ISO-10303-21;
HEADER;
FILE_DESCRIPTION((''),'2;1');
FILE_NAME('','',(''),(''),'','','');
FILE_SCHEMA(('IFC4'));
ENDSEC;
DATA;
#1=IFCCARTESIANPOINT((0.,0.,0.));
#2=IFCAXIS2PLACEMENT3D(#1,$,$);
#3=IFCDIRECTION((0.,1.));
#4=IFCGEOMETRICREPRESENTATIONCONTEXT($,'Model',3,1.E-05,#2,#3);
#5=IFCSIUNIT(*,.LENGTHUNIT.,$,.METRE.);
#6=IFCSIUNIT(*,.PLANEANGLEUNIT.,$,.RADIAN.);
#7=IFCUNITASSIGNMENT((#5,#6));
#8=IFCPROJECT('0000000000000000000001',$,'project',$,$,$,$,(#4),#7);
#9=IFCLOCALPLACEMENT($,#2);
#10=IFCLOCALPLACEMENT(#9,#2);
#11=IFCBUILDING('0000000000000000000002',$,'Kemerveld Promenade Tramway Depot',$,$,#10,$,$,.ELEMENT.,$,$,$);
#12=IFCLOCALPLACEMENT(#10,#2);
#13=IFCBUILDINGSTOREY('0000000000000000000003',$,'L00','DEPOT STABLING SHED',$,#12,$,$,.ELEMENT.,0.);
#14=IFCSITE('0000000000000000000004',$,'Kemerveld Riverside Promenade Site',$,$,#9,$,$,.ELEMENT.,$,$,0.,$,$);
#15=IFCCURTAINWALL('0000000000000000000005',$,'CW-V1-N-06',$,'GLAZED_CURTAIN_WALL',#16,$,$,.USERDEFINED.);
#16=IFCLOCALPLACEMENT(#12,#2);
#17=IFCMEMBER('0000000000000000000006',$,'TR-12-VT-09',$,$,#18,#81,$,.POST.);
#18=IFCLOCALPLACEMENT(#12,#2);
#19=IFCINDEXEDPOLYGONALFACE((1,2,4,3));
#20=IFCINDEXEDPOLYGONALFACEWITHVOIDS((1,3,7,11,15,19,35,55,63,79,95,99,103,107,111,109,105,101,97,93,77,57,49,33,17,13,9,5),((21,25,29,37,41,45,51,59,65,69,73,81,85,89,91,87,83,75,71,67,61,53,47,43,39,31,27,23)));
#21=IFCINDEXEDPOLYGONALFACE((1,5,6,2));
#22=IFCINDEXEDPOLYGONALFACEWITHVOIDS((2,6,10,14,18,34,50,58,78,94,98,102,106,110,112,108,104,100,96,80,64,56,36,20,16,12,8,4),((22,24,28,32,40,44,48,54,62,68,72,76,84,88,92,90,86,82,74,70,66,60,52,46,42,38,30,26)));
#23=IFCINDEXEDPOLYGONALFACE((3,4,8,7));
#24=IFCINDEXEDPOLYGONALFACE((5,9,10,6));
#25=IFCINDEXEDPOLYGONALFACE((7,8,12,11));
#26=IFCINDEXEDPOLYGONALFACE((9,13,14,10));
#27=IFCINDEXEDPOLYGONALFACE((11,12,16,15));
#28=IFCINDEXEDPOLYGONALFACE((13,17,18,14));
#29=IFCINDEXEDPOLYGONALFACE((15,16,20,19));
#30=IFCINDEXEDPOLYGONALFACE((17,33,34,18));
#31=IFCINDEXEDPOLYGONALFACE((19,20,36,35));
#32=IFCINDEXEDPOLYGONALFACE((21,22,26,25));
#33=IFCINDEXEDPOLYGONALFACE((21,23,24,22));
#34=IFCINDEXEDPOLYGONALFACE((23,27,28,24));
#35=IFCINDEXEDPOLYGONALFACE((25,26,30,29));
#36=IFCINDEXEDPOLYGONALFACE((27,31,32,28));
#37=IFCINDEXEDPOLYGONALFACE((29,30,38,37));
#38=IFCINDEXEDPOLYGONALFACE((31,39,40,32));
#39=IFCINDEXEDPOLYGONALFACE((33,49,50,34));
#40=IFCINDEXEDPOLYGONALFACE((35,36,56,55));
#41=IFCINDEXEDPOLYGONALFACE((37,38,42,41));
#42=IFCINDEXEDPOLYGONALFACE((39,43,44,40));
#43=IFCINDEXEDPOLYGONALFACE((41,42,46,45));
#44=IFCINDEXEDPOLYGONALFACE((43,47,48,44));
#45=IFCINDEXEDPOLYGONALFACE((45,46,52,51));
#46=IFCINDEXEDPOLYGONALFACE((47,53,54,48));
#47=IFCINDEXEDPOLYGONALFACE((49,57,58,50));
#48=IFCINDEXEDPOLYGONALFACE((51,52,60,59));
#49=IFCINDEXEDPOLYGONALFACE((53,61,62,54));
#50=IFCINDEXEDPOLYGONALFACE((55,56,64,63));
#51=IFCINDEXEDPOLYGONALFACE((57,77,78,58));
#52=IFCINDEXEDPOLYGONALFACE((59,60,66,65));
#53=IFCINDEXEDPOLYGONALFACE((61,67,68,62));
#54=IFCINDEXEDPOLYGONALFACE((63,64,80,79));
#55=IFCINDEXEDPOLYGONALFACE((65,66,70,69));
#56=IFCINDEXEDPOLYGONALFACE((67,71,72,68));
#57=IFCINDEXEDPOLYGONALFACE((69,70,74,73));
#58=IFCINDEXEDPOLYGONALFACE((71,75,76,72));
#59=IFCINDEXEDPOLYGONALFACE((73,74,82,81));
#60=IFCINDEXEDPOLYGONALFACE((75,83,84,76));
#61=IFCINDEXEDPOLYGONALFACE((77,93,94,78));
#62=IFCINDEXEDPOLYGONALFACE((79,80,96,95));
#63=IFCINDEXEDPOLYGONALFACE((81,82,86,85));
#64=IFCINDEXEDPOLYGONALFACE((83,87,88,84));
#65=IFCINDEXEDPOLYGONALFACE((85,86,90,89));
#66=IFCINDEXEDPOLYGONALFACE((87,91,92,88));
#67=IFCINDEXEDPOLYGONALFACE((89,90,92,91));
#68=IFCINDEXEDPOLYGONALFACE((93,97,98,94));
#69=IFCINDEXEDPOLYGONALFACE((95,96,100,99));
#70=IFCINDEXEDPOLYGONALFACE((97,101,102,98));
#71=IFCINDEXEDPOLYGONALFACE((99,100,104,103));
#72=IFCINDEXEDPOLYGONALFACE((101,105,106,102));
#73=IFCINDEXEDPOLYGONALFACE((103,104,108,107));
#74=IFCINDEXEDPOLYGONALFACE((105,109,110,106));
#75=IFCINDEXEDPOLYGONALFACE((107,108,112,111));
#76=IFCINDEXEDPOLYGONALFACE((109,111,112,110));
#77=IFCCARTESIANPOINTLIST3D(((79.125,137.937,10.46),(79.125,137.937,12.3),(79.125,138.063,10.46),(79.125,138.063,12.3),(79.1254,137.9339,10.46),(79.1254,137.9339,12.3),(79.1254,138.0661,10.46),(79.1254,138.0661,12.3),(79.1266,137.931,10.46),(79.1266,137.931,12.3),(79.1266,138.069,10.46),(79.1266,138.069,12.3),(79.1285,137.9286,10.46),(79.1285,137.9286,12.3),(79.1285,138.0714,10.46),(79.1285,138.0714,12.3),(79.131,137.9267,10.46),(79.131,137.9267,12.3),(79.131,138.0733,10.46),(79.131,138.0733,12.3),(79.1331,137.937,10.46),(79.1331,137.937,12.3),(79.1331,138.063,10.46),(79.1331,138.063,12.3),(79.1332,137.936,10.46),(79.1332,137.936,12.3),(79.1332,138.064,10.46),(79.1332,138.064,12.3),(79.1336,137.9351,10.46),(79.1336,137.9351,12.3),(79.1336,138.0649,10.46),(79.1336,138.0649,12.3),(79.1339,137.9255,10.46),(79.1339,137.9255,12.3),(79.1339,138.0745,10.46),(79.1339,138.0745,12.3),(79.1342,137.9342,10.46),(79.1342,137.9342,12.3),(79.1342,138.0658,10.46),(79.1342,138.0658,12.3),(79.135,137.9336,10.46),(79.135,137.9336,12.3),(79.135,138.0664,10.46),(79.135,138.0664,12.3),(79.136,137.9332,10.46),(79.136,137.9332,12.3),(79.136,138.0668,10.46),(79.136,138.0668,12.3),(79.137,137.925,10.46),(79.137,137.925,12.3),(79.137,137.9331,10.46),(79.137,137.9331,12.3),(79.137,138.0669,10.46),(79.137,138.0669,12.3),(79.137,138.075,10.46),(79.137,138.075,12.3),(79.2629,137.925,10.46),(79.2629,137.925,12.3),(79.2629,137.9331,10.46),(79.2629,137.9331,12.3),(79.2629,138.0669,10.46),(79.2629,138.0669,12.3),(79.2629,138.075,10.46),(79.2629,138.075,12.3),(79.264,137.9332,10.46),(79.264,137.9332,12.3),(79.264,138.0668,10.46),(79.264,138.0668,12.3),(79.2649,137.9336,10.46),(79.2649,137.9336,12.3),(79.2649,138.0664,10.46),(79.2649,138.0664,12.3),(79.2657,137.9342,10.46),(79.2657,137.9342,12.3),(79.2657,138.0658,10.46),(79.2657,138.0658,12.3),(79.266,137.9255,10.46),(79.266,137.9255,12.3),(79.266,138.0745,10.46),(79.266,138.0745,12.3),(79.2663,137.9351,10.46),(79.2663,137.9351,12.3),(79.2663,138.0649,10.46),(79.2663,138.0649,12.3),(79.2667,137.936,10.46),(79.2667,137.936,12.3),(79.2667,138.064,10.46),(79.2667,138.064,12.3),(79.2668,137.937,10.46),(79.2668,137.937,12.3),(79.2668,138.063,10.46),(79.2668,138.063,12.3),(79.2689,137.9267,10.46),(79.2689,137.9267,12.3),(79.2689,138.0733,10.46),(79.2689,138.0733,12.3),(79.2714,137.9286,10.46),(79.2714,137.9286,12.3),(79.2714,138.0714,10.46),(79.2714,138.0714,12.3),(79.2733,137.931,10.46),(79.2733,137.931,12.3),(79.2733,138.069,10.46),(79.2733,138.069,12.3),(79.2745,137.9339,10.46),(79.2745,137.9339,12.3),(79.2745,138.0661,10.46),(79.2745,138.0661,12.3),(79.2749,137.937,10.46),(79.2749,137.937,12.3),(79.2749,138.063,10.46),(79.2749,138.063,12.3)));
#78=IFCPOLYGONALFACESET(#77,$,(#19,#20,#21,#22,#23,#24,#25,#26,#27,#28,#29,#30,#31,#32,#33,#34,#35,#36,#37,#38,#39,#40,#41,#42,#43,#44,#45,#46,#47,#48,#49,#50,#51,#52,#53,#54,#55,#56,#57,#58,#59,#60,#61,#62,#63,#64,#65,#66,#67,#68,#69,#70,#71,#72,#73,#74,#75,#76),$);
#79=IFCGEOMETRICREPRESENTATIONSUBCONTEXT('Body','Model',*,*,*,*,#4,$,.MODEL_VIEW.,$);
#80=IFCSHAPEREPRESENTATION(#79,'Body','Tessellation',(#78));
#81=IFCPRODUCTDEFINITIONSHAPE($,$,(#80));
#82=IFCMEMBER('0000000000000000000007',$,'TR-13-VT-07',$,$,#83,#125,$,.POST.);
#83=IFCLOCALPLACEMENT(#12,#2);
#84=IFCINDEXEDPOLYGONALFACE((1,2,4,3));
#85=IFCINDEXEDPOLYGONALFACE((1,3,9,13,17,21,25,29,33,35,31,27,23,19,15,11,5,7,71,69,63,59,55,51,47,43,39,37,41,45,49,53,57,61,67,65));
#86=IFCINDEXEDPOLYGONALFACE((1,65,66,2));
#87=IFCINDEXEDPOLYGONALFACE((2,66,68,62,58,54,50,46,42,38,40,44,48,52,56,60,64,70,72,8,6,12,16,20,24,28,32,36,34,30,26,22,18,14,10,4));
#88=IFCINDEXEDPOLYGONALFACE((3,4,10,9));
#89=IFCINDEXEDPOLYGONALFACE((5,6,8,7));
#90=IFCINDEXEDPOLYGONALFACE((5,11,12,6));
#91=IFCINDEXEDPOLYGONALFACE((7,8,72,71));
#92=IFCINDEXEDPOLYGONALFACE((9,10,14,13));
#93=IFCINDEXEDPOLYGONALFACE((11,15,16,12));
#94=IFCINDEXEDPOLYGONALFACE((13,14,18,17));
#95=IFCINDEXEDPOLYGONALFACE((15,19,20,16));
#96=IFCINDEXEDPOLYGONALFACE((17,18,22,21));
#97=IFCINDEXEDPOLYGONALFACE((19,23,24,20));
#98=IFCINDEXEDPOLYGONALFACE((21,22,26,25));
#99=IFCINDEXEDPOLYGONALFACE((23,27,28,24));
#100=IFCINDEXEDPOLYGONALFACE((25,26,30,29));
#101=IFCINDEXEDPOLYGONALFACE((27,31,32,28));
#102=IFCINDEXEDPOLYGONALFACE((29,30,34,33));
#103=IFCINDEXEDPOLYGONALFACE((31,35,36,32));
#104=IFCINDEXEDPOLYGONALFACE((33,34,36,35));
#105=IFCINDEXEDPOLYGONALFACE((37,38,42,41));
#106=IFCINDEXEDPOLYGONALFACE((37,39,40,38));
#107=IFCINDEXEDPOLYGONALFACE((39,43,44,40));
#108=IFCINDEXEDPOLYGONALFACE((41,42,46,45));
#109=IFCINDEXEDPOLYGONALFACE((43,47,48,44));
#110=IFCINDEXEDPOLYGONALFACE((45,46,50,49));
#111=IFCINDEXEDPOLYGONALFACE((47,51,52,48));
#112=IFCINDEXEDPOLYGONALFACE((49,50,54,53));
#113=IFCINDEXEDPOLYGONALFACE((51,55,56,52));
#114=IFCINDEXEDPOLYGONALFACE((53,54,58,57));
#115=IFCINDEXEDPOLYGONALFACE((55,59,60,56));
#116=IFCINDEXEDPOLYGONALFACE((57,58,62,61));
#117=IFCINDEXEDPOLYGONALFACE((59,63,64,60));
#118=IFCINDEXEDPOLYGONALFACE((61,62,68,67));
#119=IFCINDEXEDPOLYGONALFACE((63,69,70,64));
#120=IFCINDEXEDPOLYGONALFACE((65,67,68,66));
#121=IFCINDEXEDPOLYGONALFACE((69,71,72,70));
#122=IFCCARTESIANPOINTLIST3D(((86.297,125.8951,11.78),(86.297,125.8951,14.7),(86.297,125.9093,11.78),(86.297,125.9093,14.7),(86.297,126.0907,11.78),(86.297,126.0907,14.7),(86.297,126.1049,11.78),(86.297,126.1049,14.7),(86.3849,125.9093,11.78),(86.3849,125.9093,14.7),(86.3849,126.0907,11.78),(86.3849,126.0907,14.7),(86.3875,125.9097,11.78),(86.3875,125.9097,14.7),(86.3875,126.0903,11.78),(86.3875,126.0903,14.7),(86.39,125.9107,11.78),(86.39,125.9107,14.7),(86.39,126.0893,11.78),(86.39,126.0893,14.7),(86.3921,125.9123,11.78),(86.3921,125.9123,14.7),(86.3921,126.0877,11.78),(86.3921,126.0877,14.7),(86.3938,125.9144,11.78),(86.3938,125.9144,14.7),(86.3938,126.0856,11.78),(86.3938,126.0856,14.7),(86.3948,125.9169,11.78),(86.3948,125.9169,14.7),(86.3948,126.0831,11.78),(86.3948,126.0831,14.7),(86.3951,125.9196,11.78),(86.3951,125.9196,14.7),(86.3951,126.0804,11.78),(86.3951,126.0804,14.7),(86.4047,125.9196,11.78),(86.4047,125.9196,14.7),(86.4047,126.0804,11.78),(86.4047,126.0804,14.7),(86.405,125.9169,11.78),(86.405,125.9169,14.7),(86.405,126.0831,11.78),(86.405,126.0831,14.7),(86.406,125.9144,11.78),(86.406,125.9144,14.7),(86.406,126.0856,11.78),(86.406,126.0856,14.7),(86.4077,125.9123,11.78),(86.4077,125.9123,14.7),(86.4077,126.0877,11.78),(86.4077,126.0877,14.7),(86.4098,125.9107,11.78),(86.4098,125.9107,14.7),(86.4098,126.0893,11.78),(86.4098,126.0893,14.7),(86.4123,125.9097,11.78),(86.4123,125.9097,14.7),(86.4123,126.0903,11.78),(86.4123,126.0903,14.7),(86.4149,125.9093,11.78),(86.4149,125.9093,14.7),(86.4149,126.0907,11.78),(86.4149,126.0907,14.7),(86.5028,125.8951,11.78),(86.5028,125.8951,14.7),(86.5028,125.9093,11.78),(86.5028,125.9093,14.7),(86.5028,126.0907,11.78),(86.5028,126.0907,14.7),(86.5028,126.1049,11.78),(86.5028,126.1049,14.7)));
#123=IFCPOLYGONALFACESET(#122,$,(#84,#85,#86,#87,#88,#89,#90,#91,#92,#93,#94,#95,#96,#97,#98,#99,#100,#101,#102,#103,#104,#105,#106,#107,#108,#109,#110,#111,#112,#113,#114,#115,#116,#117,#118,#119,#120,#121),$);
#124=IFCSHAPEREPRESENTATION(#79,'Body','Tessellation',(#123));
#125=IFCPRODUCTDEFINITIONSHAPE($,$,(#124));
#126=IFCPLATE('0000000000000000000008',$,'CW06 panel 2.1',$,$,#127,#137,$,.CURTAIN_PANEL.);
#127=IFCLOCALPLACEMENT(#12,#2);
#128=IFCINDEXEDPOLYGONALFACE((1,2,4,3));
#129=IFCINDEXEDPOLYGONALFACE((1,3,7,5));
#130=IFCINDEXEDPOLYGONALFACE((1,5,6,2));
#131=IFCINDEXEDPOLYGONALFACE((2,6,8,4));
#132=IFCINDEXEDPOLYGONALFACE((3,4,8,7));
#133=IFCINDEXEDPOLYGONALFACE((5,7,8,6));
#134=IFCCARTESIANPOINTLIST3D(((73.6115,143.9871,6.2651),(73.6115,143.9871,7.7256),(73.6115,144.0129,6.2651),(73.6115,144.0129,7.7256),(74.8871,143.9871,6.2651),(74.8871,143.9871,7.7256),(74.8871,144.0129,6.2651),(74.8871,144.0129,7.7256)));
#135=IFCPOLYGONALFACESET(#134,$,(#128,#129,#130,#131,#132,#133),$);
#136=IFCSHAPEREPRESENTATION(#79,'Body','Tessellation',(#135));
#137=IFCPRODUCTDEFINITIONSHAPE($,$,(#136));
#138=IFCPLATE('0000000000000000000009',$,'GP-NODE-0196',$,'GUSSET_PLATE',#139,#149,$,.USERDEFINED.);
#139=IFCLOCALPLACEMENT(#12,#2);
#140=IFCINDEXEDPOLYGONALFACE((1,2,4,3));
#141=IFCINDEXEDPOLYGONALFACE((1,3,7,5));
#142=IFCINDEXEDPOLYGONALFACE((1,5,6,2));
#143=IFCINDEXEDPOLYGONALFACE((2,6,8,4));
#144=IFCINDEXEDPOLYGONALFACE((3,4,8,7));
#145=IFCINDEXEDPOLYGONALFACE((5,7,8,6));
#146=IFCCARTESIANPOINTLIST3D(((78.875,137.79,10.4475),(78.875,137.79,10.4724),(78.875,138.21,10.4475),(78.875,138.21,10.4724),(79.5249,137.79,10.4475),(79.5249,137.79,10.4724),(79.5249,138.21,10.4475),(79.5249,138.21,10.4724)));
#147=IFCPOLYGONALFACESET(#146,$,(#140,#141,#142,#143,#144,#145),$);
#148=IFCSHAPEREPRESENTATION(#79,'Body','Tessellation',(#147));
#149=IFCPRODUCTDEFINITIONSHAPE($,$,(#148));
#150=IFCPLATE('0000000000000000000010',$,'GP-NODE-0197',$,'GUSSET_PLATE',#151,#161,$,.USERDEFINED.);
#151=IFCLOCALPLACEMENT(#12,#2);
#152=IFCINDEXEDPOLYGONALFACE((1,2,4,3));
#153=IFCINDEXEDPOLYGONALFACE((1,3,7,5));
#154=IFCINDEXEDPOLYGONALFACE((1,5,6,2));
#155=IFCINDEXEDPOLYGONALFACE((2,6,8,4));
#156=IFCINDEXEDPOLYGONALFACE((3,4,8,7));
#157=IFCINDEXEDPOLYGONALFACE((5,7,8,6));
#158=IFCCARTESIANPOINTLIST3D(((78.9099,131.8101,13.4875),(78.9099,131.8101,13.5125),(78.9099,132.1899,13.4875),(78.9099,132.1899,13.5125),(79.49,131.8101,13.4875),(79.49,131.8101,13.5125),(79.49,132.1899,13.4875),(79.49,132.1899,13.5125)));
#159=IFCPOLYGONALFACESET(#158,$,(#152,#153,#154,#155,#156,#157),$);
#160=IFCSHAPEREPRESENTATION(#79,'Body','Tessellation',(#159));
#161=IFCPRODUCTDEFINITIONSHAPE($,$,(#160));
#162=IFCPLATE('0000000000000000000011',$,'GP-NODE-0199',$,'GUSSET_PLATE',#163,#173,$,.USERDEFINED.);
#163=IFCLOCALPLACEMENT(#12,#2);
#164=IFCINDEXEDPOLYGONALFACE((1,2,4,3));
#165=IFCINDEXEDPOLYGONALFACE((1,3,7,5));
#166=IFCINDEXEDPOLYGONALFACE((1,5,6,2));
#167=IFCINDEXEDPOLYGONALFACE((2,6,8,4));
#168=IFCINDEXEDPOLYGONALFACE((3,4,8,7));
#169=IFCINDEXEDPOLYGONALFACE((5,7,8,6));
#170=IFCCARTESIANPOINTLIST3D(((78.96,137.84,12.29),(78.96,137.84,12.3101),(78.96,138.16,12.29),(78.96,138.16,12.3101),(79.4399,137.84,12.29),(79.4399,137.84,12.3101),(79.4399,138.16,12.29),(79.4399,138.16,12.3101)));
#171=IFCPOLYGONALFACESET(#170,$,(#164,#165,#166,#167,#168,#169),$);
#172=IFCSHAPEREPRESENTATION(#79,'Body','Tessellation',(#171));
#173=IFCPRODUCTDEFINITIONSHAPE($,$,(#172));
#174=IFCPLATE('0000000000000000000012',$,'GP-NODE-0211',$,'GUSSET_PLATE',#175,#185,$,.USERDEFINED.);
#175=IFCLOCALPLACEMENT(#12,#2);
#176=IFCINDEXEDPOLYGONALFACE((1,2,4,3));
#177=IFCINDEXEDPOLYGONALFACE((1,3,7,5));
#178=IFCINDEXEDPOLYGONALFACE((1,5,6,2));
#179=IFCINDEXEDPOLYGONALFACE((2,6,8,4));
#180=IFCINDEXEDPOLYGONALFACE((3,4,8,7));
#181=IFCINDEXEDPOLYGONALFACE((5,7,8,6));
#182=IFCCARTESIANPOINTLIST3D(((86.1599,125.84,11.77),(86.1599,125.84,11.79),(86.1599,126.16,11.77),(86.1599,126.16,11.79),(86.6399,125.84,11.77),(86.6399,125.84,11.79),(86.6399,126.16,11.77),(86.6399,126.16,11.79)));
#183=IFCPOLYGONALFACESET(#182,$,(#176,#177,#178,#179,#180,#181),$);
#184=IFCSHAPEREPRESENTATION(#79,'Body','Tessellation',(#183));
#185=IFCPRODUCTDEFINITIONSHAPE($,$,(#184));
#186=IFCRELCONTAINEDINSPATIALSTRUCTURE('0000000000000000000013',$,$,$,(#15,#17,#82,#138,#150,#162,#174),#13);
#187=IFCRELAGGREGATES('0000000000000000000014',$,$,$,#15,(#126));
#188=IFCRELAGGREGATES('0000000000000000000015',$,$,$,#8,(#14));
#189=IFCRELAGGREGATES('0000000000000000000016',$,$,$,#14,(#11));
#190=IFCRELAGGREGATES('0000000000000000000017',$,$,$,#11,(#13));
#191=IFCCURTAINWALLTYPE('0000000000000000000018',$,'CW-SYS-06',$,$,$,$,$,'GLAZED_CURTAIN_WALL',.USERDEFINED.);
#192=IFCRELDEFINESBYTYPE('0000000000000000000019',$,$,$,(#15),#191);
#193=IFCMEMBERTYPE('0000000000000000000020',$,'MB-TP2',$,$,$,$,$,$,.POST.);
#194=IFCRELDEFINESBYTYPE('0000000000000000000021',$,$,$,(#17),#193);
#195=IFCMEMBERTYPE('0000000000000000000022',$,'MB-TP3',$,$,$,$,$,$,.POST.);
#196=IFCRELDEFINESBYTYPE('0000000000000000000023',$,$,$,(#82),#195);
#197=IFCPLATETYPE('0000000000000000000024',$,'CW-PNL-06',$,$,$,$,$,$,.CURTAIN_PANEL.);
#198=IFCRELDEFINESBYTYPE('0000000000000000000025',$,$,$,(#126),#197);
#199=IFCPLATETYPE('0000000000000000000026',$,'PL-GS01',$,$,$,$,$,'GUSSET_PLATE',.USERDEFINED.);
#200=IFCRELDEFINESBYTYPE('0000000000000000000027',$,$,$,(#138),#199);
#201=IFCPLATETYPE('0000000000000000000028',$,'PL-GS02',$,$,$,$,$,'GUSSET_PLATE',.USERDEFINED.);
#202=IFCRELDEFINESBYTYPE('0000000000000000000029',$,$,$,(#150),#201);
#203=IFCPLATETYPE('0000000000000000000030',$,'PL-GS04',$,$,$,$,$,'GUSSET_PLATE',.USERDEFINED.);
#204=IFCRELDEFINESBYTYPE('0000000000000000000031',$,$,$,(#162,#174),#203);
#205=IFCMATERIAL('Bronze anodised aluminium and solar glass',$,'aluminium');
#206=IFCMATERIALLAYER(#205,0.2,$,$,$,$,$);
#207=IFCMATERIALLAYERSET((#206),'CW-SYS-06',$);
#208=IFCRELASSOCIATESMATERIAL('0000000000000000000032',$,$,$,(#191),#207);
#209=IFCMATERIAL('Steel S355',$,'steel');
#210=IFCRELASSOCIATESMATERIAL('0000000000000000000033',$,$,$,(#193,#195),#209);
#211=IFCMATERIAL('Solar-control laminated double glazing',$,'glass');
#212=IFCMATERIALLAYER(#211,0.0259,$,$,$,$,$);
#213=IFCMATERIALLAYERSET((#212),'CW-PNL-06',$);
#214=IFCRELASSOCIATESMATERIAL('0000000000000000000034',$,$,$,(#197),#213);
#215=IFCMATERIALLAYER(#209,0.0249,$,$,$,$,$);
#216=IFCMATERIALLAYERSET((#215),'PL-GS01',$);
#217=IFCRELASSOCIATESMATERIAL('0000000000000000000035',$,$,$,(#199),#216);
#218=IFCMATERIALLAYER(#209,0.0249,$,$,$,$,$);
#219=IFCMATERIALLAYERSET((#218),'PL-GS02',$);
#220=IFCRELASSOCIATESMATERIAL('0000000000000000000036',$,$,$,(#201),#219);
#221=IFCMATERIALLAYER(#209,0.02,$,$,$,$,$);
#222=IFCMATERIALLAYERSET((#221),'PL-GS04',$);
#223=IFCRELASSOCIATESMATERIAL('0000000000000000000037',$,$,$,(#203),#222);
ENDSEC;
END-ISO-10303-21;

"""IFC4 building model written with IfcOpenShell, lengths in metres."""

from ifc_helpers import new_model, si_unit, direction, frame, origin, origin_2d, place, context, subcontext, project, spatial, rectangle, hollow_rectangle, i_section, extrude, material, layer, layer_set, material_profile, profile_set, type_object, element, aggregate, save


model = new_model("IFC4")

# Units and contexts
model_context = context("Model", 3, precision=1e-05, world=origin(), true_north=direction((0.0, 1.0)))
body_context = subcontext(model_context, "Body", "Model", "MODEL_VIEW")
ifc_project = project(units=[si_unit("LENGTHUNIT", "METRE"), si_unit("PLANEANGLEUNIT", "RADIAN")], contexts=[model_context])

# Site, building, storey
site_placement = place(None, origin())
site = spatial("IfcSite", under=ifc_project, at=site_placement, Name="Kemerveld Riverside Promenade Site", CompositionType="ELEMENT", RefElevation=0.0)
building_placement = place(site_placement, origin())
building = spatial("IfcBuilding", under=site, at=building_placement, Name="Kemerveld Promenade Tramway Depot", CompositionType="ELEMENT")
storey_placement = place(building_placement, origin())
storey = spatial("IfcBuildingStorey", under=building, at=storey_placement, Name="L00", Description="DEPOT STABLING SHED", CompositionType="ELEMENT", Elevation=0.0)

# Curtain wall
ifc_material_1 = material(Name="Bronze anodised aluminium and solar glass", Category="aluminium")
ifc_layer_1 = layer(ifc_material_1, 0.2)
ifc_layer_set_1 = layer_set([ifc_layer_1], Name="CW-SYS-06")
curtain_wall_type = type_object("IfcCurtainWallType", Name="CW-SYS-06", ElementType="GLAZED_CURTAIN_WALL", PredefinedType="USERDEFINED", material=ifc_layer_set_1)
curtain_wall_placement = place(storey_placement, origin())
curtain_wall = element("IfcCurtainWall", 1, at=curtain_wall_placement, inside=storey, type_object=curtain_wall_type, Name="CW-V1-N-06", ObjectType="GLAZED_CURTAIN_WALL", PredefinedType="USERDEFINED")

# Members
ifc_material_2 = material(Name="Steel S355", Category="steel")
ifc_material_profile_1 = material_profile(ifc_material_2, hollow_rectangle(XDim=0.1499, YDim=0.1499, WallThickness=0.0081, InnerFilletRadius=0.0039, OuterFilletRadius=0.012, at=origin_2d()), Name="150x150x8.0 SHS")
ifc_profile_set_1 = profile_set([ifc_material_profile_1], Name="Steel S355")
member_type_1 = type_object("IfcMemberType", Name="MB-TP2", PredefinedType="POST", material=ifc_profile_set_1)
member_1_placement = place(storey_placement, frame((79.2, 138.0, 10.46), z_axis=(0.0, 0.0, 1.0), x_axis=(1.0, 0.0, 0.0)))
element("IfcMember", 2, at=member_1_placement, inside=storey, type_object=member_type_1, Name="TR-12-VT-09", PredefinedType="POST", context=body_context, shape_type="SweptSolid", body=[
    extrude(hollow_rectangle(XDim=0.1499, YDim=0.1499, WallThickness=0.0081, InnerFilletRadius=0.0039, OuterFilletRadius=0.012, at=origin_2d()), origin(), (0.0, 0.0, 1.0), 1.8401),
])
ifc_material_profile_2 = material_profile(ifc_material_2, i_section(OverallWidth=0.2058, OverallDepth=0.2097, WebThickness=0.0095, FlangeThickness=0.0142, FilletRadius=0.0103, at=origin_2d()), Name="203x203x60 UC")
ifc_profile_set_2 = profile_set([ifc_material_profile_2], Name="Steel S355")
member_type_2 = type_object("IfcMemberType", Name="MB-TP3", PredefinedType="POST", material=ifc_profile_set_2)
member_2_placement = place(storey_placement, frame((86.3999, 126.0, 11.78), z_axis=(0.0, 0.0, 1.0), x_axis=(1.0, 0.0, 0.0)))
element("IfcMember", 3, at=member_2_placement, inside=storey, type_object=member_type_2, Name="TR-13-VT-07", PredefinedType="POST", context=body_context, shape_type="SweptSolid", body=[
    extrude(i_section(OverallWidth=0.2058, OverallDepth=0.2097, WebThickness=0.0095, FlangeThickness=0.0142, FilletRadius=0.0103, at=origin_2d()), origin(), (0.0, 0.0, 1.0), 2.9199),
])

# Plate
ifc_material_3 = material(Name="Solar-control laminated double glazing", Category="glass")
ifc_layer_2 = layer(ifc_material_3, 0.0259)
ifc_layer_set_2 = layer_set([ifc_layer_2], Name="CW-PNL-06")
plate_type_1 = type_object("IfcPlateType", Name="CW-PNL-06", PredefinedType="CURTAIN_PANEL", material=ifc_layer_set_2)
plate_1_placement = place(storey_placement, frame((74.2493, 144.0, 6.2651), z_axis=(0.0, 0.0, 1.0), x_axis=(1.0, 0.0, 0.0)))
plate_1 = element("IfcPlate", 4, at=plate_1_placement, type_object=plate_type_1, Name="CW06 panel 2.1", PredefinedType="CURTAIN_PANEL", context=body_context, shape_type="SweptSolid", body=[
    extrude(rectangle(XDim=1.2756, YDim=0.0259, at=origin_2d()), origin(), (0.0, 0.0, 1.0), 1.4604),
])
aggregate(curtain_wall, [plate_1])

# Plates
ifc_layer_3 = layer(ifc_material_2, 0.0249)
ifc_layer_set_3 = layer_set([ifc_layer_3], Name="PL-GS01")
plate_type_2 = type_object("IfcPlateType", Name="PL-GS01", ElementType="GUSSET_PLATE", PredefinedType="USERDEFINED", material=ifc_layer_set_3)
plate_2_placement = place(storey_placement, frame((79.2, 138.0, 10.4475), z_axis=(0.0, 0.0, 1.0), x_axis=(1.0, 0.0, 0.0)))
element("IfcPlate", 5, at=plate_2_placement, inside=storey, type_object=plate_type_2, Name="GP-NODE-0196", ObjectType="GUSSET_PLATE", PredefinedType="USERDEFINED", context=body_context, shape_type="SweptSolid", body=[
    extrude(rectangle(XDim=0.6499, YDim=0.4199, at=origin_2d()), origin(), (0.0, 0.0, 1.0), 0.0249),
])
ifc_layer_4 = layer(ifc_material_2, 0.0249)
ifc_layer_set_4 = layer_set([ifc_layer_4], Name="PL-GS02")
plate_type_3 = type_object("IfcPlateType", Name="PL-GS02", ElementType="GUSSET_PLATE", PredefinedType="USERDEFINED", material=ifc_layer_set_4)
plate_3_placement = place(storey_placement, frame((79.2, 132.0, 13.4875), z_axis=(0.0, 0.0, 1.0), x_axis=(1.0, 0.0, 0.0)))
element("IfcPlate", 6, at=plate_3_placement, inside=storey, type_object=plate_type_3, Name="GP-NODE-0197", ObjectType="GUSSET_PLATE", PredefinedType="USERDEFINED", context=body_context, shape_type="SweptSolid", body=[
    extrude(rectangle(XDim=0.5801, YDim=0.3799, at=origin_2d()), origin(), (0.0, 0.0, 1.0), 0.0249),
])
ifc_layer_5 = layer(ifc_material_2, 0.02)
ifc_layer_set_5 = layer_set([ifc_layer_5], Name="PL-GS04")
plate_type_4 = type_object("IfcPlateType", Name="PL-GS04", ElementType="GUSSET_PLATE", PredefinedType="USERDEFINED", material=ifc_layer_set_5)
for number, where, z_axis, x_axis, name in (
    (7, (79.2, 138.0, 12.29), (0.0, 0.0, 1.0), (1.0, 0.0, 0.0), "GP-NODE-0199"),
    (8, (86.3999, 126.0, 11.77), (0.0, 0.0, 1.0), (1.0, 0.0, 0.0), "GP-NODE-0211"),
):
    element("IfcPlate", number, at=place(storey_placement, frame(where, z_axis=z_axis, x_axis=x_axis)), inside=storey, type_object=plate_type_4, Name=name, ObjectType="GUSSET_PLATE", PredefinedType="USERDEFINED", context=body_context, shape_type="SweptSolid", body=[
        extrude(rectangle(XDim=0.48, YDim=0.3201, at=origin_2d()), origin(), (0.0, 0.0, 1.0), 0.02),
    ])

save(model, "model.ifc")
